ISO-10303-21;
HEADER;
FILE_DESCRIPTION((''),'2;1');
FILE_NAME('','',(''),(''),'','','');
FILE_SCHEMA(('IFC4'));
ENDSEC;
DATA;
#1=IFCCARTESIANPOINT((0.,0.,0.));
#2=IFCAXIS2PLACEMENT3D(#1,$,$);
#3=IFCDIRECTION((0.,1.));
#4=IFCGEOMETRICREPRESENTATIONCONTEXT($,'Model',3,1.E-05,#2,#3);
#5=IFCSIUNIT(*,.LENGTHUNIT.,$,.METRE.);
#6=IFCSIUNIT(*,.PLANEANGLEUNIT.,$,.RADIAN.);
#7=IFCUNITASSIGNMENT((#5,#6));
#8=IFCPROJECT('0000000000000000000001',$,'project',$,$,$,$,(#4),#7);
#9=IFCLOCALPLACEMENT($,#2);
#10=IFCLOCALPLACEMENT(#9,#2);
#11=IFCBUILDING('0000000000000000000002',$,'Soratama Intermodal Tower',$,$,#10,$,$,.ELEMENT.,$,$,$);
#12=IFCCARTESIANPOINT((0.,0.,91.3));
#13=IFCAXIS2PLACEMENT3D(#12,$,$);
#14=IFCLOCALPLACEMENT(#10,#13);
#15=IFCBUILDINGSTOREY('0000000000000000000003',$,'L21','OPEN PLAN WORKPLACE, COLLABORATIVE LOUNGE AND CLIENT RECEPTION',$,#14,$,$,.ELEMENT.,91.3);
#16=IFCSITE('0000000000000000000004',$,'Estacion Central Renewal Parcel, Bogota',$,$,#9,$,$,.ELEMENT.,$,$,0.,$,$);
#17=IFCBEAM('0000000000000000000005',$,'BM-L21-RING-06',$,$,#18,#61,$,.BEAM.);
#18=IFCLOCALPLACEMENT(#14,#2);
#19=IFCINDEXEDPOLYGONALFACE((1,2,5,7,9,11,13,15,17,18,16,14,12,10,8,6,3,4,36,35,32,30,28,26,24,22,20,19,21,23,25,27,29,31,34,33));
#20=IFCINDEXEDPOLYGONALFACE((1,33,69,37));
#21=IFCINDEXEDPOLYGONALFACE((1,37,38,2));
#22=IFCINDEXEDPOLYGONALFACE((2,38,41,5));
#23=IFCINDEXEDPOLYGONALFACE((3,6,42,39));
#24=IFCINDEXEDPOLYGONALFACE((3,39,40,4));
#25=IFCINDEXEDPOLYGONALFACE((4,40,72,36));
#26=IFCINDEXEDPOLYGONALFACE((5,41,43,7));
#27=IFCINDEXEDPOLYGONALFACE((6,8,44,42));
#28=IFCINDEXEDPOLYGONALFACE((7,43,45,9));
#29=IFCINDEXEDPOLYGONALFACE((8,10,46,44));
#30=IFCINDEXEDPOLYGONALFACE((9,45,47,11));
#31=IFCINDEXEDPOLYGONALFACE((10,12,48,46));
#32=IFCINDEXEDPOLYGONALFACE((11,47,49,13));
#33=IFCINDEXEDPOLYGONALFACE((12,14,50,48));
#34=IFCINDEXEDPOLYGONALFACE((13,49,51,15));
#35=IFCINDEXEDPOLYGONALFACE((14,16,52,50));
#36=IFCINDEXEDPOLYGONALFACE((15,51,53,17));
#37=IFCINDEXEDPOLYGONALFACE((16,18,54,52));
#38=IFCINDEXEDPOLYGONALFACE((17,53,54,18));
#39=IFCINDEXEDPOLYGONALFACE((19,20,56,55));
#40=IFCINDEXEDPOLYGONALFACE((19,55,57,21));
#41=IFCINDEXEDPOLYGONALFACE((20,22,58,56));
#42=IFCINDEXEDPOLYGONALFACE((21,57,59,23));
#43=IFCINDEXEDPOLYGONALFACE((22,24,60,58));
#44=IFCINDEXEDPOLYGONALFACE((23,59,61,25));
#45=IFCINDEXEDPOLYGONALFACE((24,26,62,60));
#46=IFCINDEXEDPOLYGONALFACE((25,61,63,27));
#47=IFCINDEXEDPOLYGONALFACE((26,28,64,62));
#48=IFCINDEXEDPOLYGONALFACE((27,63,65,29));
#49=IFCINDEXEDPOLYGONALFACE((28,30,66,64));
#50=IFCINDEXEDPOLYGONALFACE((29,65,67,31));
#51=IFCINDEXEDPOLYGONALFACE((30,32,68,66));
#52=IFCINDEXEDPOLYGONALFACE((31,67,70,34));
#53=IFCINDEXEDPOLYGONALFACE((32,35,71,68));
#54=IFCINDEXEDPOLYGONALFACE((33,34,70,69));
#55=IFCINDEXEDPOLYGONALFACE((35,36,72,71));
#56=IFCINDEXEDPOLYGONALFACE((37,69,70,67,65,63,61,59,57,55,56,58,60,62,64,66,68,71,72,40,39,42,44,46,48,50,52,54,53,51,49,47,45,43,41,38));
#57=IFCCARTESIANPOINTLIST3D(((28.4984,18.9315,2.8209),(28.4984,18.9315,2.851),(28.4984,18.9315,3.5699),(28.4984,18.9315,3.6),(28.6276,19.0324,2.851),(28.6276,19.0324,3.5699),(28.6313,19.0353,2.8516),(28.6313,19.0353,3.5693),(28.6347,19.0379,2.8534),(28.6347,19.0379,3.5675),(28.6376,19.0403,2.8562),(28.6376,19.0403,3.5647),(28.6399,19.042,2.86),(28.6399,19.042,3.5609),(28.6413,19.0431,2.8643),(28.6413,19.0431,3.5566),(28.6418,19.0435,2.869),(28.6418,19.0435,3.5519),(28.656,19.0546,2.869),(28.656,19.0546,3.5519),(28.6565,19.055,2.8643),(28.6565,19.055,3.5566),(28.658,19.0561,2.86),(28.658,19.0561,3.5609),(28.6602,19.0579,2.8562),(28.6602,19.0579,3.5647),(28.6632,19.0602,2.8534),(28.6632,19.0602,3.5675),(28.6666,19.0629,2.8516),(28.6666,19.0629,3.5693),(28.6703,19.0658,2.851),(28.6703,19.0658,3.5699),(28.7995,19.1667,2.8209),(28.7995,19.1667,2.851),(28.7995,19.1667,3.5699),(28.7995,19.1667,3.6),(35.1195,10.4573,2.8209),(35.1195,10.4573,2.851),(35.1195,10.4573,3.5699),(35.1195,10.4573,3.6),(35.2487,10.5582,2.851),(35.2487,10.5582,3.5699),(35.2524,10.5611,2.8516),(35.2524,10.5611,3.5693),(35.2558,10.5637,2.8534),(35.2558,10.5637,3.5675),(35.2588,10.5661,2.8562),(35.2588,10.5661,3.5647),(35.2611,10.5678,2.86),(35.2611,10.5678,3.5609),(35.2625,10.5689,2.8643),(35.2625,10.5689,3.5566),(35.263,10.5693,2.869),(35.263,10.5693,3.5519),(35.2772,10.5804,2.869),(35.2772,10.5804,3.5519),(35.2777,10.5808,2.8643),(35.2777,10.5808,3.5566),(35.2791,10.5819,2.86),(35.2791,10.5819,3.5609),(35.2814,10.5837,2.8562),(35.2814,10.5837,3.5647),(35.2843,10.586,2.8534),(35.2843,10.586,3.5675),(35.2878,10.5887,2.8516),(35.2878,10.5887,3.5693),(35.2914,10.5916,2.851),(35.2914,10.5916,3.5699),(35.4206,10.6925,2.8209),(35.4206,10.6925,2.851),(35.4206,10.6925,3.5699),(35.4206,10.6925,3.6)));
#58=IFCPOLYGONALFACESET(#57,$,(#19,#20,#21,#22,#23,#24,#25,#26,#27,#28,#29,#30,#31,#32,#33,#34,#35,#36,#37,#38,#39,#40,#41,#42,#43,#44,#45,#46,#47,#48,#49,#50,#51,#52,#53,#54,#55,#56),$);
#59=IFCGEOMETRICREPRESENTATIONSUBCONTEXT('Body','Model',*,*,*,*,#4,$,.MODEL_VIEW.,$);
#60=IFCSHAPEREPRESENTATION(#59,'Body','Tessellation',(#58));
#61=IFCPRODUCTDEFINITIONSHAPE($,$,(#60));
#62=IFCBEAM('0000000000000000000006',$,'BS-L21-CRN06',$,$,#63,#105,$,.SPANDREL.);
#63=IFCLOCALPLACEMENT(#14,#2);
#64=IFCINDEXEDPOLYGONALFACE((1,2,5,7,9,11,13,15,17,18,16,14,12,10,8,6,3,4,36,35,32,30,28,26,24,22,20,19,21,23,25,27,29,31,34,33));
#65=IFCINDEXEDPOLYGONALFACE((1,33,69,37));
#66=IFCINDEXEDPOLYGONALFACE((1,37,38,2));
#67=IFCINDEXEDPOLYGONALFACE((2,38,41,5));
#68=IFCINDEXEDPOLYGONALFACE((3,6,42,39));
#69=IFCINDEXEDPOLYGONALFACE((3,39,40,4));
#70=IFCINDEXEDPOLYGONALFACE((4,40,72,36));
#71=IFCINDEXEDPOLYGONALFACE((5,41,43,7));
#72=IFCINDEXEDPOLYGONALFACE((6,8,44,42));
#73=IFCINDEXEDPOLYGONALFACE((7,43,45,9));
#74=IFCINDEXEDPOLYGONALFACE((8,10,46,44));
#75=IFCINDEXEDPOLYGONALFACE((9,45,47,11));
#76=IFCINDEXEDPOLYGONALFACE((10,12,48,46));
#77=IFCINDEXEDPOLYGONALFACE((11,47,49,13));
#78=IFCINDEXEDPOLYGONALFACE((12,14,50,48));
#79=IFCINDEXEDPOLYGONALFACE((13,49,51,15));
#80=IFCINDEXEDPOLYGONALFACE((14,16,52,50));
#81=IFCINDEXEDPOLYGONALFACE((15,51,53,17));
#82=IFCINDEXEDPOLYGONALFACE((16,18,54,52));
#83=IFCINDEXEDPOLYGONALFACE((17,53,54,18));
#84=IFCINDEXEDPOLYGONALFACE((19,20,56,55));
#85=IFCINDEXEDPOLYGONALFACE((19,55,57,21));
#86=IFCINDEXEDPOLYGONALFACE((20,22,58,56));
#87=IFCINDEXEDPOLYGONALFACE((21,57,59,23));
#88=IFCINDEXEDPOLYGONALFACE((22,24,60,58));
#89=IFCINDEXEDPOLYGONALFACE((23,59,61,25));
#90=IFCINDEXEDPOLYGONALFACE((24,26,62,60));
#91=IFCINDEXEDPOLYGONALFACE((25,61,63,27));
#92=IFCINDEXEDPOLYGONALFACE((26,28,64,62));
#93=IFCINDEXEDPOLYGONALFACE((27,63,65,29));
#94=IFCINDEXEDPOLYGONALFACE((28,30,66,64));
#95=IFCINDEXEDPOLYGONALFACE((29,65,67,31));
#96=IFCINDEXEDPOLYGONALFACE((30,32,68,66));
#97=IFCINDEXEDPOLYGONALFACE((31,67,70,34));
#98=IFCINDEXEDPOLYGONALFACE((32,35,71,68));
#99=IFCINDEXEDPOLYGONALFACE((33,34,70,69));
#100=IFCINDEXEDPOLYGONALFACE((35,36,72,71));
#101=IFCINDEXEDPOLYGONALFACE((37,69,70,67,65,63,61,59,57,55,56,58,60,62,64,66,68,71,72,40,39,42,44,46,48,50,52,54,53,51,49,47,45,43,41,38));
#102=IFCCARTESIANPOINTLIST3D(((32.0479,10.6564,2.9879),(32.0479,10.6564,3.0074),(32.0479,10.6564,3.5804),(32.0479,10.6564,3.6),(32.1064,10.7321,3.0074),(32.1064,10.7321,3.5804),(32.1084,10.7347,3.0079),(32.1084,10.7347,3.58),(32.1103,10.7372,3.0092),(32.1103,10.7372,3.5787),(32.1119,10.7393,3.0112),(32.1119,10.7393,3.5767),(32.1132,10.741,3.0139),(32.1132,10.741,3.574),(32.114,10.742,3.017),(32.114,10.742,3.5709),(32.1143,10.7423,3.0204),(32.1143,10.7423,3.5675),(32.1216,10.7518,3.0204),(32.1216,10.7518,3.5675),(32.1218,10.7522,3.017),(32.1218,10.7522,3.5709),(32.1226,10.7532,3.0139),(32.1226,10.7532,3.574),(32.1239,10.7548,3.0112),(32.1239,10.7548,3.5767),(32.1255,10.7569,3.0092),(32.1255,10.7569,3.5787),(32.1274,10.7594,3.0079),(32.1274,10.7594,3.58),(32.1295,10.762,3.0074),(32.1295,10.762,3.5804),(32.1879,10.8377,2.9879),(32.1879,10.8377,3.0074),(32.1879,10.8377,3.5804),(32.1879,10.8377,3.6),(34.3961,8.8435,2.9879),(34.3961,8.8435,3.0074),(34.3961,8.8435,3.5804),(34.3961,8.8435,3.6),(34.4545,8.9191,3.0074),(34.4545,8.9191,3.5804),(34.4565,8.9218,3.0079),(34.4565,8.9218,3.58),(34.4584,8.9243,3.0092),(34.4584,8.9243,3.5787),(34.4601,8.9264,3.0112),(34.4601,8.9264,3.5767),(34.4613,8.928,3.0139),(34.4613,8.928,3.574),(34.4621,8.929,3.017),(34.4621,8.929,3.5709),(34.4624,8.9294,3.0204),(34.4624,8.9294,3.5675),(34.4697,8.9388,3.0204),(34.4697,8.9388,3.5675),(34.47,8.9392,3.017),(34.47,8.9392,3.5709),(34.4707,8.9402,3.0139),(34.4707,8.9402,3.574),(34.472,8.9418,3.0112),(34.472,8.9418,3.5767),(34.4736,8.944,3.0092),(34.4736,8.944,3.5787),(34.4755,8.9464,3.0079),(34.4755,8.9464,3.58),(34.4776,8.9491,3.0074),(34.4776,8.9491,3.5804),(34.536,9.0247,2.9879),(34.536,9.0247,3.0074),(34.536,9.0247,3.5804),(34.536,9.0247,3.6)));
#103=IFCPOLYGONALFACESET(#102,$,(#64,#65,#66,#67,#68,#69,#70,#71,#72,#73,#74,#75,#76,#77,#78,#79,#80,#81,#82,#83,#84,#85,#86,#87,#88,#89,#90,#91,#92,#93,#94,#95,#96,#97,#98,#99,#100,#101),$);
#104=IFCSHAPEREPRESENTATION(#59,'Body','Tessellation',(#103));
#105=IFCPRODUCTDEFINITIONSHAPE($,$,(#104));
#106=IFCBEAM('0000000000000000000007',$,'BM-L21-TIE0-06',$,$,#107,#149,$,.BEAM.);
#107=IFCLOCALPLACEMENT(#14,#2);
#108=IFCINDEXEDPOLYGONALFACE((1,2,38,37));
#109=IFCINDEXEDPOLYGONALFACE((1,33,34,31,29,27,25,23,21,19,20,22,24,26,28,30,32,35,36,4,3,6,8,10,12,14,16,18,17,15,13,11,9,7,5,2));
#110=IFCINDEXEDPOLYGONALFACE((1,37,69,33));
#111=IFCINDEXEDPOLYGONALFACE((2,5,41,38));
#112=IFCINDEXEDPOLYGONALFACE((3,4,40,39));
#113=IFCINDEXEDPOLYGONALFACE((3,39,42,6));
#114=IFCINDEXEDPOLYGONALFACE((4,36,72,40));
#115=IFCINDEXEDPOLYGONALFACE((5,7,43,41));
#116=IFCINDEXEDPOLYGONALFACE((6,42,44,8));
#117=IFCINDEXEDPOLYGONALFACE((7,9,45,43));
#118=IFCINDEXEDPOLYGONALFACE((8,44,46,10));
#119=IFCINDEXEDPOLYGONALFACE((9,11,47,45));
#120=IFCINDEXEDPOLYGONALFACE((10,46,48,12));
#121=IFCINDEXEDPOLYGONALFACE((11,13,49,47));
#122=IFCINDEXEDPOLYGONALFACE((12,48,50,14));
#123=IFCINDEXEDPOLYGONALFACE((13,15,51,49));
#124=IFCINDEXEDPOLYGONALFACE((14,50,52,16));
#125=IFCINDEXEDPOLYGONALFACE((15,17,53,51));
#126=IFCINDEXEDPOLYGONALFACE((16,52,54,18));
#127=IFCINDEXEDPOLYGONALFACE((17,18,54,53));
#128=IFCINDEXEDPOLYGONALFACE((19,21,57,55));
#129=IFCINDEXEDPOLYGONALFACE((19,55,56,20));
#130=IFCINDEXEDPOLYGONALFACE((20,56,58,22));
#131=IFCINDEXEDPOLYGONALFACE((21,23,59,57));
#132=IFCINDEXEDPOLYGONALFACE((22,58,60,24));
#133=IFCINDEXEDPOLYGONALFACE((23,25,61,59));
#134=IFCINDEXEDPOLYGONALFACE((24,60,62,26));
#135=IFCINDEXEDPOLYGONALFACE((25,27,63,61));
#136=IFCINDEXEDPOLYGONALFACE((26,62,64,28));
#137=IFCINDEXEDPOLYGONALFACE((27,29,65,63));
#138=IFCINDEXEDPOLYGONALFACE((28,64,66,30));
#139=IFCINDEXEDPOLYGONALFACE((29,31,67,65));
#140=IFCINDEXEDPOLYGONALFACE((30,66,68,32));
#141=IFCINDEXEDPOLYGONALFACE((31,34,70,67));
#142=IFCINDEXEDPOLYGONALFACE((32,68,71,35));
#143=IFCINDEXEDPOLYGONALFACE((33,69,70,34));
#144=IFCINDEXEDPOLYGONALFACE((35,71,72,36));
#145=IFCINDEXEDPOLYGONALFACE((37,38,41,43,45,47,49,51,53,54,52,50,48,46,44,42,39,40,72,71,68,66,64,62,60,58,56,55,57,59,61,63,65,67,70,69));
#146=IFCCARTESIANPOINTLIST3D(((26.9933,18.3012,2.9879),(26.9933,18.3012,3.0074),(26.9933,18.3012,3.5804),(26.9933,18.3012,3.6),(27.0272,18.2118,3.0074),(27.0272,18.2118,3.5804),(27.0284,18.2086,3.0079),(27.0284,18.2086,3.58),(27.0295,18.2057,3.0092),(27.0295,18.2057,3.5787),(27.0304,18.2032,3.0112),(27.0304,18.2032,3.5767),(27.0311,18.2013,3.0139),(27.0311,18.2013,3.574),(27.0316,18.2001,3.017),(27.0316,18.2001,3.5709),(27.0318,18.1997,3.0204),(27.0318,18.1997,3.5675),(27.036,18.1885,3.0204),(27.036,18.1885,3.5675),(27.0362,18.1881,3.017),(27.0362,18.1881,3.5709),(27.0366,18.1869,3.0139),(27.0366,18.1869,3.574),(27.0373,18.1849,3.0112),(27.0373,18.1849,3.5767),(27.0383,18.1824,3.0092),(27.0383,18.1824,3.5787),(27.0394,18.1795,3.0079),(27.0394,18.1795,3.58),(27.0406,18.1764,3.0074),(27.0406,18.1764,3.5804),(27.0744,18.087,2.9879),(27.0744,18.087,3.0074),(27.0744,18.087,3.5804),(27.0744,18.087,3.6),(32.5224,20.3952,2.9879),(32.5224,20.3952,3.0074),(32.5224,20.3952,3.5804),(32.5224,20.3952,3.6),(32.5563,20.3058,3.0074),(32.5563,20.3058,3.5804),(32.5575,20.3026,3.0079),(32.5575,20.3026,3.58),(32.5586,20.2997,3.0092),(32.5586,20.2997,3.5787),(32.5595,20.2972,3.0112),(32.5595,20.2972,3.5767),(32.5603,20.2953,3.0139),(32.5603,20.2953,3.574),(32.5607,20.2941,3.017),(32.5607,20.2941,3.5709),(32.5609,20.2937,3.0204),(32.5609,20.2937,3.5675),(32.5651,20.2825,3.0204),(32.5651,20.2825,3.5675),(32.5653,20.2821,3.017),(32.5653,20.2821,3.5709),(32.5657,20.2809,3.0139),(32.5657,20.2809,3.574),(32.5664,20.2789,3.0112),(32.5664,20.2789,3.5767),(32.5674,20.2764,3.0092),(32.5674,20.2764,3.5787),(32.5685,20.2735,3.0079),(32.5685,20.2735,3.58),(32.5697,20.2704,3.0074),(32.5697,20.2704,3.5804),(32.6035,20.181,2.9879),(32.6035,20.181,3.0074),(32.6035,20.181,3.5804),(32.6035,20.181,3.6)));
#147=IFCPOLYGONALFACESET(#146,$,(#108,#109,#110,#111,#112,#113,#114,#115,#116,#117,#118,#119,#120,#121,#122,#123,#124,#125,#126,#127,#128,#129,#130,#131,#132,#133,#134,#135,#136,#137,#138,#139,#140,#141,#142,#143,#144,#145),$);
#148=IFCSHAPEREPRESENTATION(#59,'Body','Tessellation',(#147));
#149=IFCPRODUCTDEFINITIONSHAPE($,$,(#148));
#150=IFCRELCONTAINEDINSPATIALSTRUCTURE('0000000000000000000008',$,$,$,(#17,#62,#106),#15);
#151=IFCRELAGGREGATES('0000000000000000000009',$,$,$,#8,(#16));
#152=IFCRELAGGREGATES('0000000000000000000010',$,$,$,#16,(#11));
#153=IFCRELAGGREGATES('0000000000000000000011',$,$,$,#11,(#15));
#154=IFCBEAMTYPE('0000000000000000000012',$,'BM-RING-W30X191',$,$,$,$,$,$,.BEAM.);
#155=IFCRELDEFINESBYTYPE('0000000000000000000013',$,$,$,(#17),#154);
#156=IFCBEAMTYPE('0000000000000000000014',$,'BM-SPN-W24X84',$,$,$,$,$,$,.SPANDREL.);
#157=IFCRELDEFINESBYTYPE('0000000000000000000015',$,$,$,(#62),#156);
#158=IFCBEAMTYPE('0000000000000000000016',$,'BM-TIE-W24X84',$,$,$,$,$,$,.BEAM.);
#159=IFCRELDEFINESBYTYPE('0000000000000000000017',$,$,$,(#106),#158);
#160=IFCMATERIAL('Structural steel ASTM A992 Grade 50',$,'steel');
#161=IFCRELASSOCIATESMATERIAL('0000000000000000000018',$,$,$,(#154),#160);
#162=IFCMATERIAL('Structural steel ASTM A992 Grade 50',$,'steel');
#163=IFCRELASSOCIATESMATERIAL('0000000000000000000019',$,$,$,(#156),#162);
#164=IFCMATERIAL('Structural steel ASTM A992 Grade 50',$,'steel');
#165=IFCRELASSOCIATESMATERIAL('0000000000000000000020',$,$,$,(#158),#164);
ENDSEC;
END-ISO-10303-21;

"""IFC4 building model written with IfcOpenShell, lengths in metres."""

from ifc_helpers import new_model, si_unit, direction, frame, origin, origin_2d, place, context, subcontext, project, spatial, i_section, extrude, material, material_profile, profile_set, type_object, element, save


model = new_model("IFC4")

# Units and contexts
model_context = context("Model", 3, precision=1e-05, world=origin(), true_north=direction((0.0, 1.0)))
body_context = subcontext(model_context, "Body", "Model", "MODEL_VIEW")
ifc_project = project(units=[si_unit("LENGTHUNIT", "METRE"), si_unit("PLANEANGLEUNIT", "RADIAN")], contexts=[model_context])

# Site, building, storey
site_placement = place(None, origin())
site = spatial("IfcSite", under=ifc_project, at=site_placement, Name="Estacion Central Renewal Parcel, Bogota", CompositionType="ELEMENT", RefElevation=0.0)
building_placement = place(site_placement, origin())
building = spatial("IfcBuilding", under=site, at=building_placement, Name="Soratama Intermodal Tower", CompositionType="ELEMENT")
storey_placement = place(building_placement, frame((0.0, 0.0, 91.3)))
storey = spatial("IfcBuildingStorey", under=building, at=storey_placement, Name="L21", Description="OPEN PLAN WORKPLACE, COLLABORATIVE LOUNGE AND CLIENT RECEPTION", CompositionType="ELEMENT", Elevation=91.3)

# Beams
ifc_material_1 = material(Name="Structural steel ASTM A992 Grade 50", Category="steel")
ifc_material_profile_1 = material_profile(ifc_material_1, i_section(OverallWidth=0.3821, OverallDepth=0.7791, WebThickness=0.0181, FlangeThickness=0.03, FilletRadius=0.0181, at=origin_2d()), Name="W30X191")
ifc_profile_set_1 = profile_set([ifc_material_profile_1], Name="Structural steel ASTM A992 Grade 50")
beam_type_1 = type_object("IfcBeamType", Name="BM-RING-W30X191", PredefinedType="BEAM", material=ifc_profile_set_1)
beam_1_placement = place(storey_placement, frame((28.6489, 19.0491, 3.2104), z_axis=(0.615684, -0.787993, 0.0), x_axis=(0.787993, 0.615684, 0.0)))
element("IfcBeam", 1, at=beam_1_placement, inside=storey, type_object=beam_type_1, Name="BM-L21-RING-06", PredefinedType="BEAM", context=body_context, shape_type="SweptSolid", body=[
    extrude(i_section(OverallWidth=0.3821, OverallDepth=0.7791, WebThickness=0.0181, FlangeThickness=0.03, FilletRadius=0.0181, at=origin_2d()), origin(), (0.0, 0.0, 1.0), 10.7542),
])
ifc_material_2 = material(Name="Structural steel ASTM A992 Grade 50", Category="steel")
ifc_material_profile_2 = material_profile(ifc_material_2, i_section(OverallWidth=0.229, OverallDepth=0.6121, WebThickness=0.012, FlangeThickness=0.0195, FilletRadius=0.0129, at=origin_2d()), Name="W24X84")
ifc_profile_set_2 = profile_set([ifc_material_profile_2], Name="Structural steel ASTM A992 Grade 50")
beam_type_2 = type_object("IfcBeamType", Name="BM-SPN-W24X84", PredefinedType="SPANDREL", material=ifc_profile_set_2)
beam_2_placement = place(storey_placement, frame((32.1179, 10.7471, 3.2939), z_axis=(0.791527, -0.611134, 0.0), x_axis=(0.611134, 0.791527, 0.0)))
element("IfcBeam", 2, at=beam_2_placement, inside=storey, type_object=beam_type_2, Name="BS-L21-CRN06", PredefinedType="SPANDREL", context=body_context, shape_type="SweptSolid", body=[
    extrude(i_section(OverallWidth=0.229, OverallDepth=0.6121, WebThickness=0.012, FlangeThickness=0.0195, FilletRadius=0.0129, at=origin_2d()), origin(), (0.0, 0.0, 1.0), 2.9666),
])
ifc_material_3 = material(Name="Structural steel ASTM A992 Grade 50", Category="steel")
ifc_material_profile_3 = material_profile(ifc_material_3, i_section(OverallWidth=0.229, OverallDepth=0.6121, WebThickness=0.012, FlangeThickness=0.0195, FilletRadius=0.0129, at=origin_2d()), Name="W24X84")
ifc_profile_set_3 = profile_set([ifc_material_profile_3], Name="Structural steel ASTM A992 Grade 50")
beam_type_3 = type_object("IfcBeamType", Name="BM-TIE-W24X84", PredefinedType="BEAM", material=ifc_profile_set_3)
beam_3_placement = place(storey_placement, frame((32.563, 20.2881, 3.2939), z_axis=(-0.935179, -0.354176, 0.0), x_axis=(0.354176, -0.935179, 0.0)))
element("IfcBeam", 3, at=beam_3_placement, inside=storey, type_object=beam_type_3, Name="BM-L21-TIE0-06", PredefinedType="BEAM", context=body_context, shape_type="SweptSolid", body=[
    extrude(i_section(OverallWidth=0.229, OverallDepth=0.6121, WebThickness=0.012, FlangeThickness=0.0195, FilletRadius=0.0129, at=origin_2d()), origin(), (0.0, 0.0, 1.0), 5.9124),
])

save(model, "model.ifc")
